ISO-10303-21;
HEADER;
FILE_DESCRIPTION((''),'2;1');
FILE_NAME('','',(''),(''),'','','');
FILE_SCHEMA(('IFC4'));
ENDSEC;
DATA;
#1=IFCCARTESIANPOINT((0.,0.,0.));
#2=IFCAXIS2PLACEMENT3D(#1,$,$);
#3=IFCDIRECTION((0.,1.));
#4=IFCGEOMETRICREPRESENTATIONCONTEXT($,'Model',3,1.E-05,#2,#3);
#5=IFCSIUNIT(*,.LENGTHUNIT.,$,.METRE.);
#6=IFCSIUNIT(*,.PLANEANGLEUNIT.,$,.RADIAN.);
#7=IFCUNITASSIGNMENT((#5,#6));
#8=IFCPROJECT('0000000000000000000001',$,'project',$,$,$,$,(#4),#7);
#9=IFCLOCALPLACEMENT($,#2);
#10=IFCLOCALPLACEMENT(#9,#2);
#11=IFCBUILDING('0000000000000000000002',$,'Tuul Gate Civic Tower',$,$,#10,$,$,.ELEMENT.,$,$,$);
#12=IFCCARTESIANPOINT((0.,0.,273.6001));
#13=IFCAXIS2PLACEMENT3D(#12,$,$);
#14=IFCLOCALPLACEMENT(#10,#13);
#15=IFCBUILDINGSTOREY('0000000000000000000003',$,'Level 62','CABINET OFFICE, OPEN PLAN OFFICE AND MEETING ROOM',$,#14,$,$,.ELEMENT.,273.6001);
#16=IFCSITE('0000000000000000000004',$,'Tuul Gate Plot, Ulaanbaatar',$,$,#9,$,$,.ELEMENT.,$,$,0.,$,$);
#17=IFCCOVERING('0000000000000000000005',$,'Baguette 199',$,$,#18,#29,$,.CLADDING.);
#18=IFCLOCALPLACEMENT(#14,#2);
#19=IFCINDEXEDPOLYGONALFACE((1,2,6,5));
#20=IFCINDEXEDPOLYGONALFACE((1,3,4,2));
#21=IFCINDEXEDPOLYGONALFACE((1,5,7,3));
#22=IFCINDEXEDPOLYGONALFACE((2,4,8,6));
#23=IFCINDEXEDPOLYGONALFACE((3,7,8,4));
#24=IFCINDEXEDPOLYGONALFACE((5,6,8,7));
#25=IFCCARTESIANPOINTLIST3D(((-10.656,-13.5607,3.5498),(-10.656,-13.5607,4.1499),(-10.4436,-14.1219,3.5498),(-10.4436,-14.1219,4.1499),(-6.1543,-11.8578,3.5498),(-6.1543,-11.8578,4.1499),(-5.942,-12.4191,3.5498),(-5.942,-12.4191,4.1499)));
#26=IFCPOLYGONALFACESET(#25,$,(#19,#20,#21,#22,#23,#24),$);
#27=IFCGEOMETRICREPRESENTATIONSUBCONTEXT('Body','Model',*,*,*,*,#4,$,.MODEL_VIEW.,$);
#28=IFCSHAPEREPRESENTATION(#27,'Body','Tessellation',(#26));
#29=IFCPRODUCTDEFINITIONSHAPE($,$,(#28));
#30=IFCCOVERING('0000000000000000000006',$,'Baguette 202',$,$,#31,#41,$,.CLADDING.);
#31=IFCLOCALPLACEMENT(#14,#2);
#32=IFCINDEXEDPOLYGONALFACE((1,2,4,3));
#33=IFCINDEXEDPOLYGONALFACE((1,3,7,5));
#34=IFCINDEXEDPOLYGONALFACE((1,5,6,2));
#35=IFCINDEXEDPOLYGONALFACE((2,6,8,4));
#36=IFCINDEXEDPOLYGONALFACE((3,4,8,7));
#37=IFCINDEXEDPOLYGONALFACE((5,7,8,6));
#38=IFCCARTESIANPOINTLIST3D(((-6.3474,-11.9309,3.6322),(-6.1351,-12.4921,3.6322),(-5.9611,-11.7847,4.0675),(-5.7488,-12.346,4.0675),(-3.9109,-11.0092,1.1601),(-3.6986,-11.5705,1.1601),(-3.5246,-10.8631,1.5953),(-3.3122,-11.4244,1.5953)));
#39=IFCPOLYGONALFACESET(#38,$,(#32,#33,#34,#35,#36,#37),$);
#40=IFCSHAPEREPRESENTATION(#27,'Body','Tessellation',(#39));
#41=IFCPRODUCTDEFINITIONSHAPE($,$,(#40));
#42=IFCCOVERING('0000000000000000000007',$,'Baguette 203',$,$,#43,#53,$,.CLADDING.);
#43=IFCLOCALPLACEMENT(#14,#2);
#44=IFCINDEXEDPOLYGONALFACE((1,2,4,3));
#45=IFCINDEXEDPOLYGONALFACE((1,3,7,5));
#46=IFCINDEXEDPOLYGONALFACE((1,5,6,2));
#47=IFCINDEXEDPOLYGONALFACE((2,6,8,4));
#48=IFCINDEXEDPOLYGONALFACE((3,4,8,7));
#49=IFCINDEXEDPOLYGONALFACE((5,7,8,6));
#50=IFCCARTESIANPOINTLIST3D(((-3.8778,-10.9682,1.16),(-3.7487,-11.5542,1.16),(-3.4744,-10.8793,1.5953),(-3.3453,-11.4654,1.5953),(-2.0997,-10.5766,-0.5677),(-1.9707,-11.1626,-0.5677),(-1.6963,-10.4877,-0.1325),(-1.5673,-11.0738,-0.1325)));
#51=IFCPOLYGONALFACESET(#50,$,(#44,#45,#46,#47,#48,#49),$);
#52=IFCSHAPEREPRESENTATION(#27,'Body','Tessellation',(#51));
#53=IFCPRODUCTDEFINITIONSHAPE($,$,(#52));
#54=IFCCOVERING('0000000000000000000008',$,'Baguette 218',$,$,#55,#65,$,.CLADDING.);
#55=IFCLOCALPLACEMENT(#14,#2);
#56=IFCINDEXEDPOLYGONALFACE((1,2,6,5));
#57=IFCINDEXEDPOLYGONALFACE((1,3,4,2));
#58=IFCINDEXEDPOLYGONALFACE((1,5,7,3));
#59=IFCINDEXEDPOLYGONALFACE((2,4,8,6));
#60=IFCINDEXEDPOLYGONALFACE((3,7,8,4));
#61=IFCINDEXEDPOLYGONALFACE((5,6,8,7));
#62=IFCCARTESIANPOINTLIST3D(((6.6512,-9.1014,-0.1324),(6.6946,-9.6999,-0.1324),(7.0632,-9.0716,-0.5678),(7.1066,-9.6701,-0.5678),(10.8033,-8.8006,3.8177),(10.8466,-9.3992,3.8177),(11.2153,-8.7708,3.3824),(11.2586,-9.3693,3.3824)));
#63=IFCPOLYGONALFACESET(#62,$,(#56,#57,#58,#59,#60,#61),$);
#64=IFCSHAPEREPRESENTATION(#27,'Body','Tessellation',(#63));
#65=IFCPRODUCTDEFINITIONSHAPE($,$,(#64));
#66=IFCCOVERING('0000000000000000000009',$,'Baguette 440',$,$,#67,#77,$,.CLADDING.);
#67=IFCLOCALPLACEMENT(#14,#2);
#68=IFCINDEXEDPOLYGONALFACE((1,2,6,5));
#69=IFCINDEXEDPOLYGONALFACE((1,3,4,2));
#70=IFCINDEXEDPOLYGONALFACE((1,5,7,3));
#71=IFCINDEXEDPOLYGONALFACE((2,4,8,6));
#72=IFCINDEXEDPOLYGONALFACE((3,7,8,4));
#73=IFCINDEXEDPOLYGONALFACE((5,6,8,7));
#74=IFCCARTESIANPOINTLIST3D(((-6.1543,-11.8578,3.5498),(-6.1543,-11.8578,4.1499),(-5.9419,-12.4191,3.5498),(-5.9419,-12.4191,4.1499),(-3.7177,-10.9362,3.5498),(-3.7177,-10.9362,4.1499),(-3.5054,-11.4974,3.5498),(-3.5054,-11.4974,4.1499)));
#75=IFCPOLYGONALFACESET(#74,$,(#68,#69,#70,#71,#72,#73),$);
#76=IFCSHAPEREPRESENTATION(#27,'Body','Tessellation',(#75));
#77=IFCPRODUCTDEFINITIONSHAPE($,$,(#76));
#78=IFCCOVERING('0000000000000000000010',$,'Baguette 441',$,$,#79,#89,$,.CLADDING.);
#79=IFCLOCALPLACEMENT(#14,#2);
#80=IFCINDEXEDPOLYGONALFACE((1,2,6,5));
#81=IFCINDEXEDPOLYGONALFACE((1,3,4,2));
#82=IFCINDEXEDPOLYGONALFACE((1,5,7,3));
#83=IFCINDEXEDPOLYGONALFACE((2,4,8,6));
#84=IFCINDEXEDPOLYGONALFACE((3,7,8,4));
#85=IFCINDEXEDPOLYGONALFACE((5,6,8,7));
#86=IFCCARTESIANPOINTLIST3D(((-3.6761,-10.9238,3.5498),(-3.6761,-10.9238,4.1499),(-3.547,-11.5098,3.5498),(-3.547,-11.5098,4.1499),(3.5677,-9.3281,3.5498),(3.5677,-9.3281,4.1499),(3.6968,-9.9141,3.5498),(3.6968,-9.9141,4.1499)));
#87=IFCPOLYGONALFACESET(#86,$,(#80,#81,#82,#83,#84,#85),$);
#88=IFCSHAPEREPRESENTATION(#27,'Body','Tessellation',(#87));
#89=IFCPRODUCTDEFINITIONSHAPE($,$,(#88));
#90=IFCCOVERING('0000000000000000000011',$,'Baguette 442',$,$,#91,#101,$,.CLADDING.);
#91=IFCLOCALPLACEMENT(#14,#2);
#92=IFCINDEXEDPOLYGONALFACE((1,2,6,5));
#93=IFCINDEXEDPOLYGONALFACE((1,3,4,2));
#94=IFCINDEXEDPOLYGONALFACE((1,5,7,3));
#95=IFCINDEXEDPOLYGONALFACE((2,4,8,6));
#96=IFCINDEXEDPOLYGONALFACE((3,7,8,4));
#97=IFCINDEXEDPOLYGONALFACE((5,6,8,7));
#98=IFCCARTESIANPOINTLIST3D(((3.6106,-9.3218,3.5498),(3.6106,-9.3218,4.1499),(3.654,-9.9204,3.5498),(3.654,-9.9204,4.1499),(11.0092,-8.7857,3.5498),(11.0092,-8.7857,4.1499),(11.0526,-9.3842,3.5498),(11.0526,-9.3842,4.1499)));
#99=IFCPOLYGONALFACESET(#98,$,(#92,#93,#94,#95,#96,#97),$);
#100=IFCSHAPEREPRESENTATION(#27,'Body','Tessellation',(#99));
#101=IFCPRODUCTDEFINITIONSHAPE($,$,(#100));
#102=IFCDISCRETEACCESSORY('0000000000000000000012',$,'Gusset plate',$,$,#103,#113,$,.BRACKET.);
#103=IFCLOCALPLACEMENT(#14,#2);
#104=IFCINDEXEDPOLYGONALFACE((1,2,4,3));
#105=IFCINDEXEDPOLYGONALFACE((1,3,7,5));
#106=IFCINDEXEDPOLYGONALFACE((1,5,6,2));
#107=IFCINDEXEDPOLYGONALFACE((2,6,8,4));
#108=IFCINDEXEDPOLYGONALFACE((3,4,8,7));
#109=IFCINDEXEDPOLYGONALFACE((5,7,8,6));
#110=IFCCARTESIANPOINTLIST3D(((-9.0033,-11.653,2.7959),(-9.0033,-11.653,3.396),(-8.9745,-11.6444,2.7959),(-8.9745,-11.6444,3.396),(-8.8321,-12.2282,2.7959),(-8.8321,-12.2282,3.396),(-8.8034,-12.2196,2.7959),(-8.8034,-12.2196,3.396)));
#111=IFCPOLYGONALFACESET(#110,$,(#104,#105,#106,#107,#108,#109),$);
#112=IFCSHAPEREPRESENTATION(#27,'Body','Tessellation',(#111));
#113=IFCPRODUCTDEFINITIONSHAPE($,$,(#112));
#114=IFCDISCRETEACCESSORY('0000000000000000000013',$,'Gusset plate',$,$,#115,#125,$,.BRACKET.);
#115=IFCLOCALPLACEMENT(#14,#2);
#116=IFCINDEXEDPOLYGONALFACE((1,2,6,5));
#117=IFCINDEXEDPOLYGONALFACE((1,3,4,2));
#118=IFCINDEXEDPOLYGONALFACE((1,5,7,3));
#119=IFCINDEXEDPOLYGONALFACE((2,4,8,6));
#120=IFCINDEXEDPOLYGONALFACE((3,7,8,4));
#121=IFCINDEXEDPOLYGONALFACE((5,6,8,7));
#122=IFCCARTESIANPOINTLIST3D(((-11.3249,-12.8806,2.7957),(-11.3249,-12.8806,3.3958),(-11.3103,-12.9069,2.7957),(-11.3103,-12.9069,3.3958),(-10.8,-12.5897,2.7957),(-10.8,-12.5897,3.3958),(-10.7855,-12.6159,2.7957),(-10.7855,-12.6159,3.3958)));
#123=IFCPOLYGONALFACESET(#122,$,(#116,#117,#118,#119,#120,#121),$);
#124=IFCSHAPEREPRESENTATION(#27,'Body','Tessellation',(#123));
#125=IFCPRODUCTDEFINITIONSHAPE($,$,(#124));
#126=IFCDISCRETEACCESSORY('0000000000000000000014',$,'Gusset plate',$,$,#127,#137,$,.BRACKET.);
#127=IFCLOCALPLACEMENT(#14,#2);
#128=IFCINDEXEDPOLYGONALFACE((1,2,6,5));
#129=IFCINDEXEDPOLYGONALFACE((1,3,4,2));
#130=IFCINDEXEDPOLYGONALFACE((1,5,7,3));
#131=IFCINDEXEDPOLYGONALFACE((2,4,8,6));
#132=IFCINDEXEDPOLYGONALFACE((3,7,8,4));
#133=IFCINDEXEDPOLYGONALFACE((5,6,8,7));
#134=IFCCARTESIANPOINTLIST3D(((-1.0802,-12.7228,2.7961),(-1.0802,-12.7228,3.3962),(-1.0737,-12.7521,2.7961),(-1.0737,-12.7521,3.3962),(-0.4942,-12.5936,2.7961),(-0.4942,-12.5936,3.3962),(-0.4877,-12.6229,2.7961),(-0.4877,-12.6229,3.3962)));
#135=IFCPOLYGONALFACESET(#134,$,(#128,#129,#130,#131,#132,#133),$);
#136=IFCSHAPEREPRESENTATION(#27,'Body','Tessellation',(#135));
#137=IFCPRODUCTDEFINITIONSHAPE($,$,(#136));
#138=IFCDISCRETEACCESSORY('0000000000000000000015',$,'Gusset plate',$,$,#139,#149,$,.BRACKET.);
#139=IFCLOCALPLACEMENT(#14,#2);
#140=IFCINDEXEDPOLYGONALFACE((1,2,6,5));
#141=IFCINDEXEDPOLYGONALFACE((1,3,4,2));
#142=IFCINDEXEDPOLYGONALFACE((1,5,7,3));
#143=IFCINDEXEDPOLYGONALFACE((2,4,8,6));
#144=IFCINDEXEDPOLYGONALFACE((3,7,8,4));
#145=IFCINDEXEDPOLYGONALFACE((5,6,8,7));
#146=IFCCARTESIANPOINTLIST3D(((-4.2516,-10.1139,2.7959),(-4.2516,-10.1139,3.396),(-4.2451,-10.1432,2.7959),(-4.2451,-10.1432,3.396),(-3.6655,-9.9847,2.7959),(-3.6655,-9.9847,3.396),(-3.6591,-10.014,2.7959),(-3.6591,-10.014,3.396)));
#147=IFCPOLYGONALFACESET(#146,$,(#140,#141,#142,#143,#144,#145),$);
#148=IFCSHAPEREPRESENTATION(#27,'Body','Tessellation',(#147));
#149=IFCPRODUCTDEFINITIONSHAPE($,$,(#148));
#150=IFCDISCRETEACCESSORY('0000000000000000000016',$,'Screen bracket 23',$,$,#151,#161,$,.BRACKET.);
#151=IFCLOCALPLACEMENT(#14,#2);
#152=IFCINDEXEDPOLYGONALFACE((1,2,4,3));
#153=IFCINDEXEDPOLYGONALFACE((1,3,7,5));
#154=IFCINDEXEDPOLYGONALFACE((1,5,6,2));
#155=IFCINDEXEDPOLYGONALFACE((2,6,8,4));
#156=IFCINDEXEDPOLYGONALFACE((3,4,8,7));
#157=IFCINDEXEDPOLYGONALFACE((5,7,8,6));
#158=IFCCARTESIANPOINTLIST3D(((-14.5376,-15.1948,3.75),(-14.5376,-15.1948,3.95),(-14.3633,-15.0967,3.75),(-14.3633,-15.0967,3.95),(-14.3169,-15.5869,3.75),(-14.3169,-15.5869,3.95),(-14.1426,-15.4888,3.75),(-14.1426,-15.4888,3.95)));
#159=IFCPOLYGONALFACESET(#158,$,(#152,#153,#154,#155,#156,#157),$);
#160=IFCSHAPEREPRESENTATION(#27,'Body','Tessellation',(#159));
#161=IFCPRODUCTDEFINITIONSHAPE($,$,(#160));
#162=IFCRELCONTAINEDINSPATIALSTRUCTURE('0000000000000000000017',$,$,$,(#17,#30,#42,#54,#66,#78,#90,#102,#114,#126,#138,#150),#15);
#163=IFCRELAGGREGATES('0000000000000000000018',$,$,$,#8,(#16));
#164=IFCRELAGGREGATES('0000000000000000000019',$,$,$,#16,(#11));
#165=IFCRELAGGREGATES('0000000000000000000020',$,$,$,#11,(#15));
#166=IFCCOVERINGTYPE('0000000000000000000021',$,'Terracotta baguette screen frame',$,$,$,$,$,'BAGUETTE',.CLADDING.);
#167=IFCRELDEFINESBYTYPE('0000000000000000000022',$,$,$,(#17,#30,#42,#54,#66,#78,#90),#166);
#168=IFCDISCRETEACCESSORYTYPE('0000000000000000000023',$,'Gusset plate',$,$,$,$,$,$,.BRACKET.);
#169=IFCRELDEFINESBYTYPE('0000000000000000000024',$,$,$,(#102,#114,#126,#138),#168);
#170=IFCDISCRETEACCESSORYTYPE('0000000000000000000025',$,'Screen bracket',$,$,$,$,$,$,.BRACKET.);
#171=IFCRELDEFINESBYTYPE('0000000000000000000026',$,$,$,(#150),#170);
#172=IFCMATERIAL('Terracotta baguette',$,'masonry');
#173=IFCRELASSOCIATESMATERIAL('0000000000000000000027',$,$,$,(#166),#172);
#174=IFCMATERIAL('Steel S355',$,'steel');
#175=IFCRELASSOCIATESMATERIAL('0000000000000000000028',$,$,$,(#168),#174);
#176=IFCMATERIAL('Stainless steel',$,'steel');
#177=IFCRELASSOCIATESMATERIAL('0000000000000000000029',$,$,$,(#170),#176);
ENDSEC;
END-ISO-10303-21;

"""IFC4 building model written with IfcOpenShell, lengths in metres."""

from ifc_helpers import new_model, si_unit, direction, frame, origin, origin_2d, place, context, subcontext, project, spatial, rectangle, extrude, material, material_profile, profile_set, type_object, element, save


model = new_model("IFC4")

# Units and contexts
model_context = context("Model", 3, precision=1e-05, world=origin(), true_north=direction((0.0, 1.0)))
body_context = subcontext(model_context, "Body", "Model", "MODEL_VIEW")
ifc_project = project(units=[si_unit("LENGTHUNIT", "METRE"), si_unit("PLANEANGLEUNIT", "RADIAN")], contexts=[model_context])

# Site, building, storey
site_placement = place(None, origin())
site = spatial("IfcSite", under=ifc_project, at=site_placement, Name="Tuul Gate Plot, Ulaanbaatar", CompositionType="ELEMENT", RefElevation=0.0)
building_placement = place(site_placement, origin())
building = spatial("IfcBuilding", under=site, at=building_placement, Name="Tuul Gate Civic Tower", CompositionType="ELEMENT")
storey_placement = place(building_placement, frame((0.0, 0.0, 273.6001)))
storey = spatial("IfcBuildingStorey", under=building, at=storey_placement, Name="Level 62", Description="CABINET OFFICE, OPEN PLAN OFFICE AND MEETING ROOM", CompositionType="ELEMENT", Elevation=273.6001)

# Coverings
ifc_material_1 = material(Name="Terracotta baguette", Category="masonry")
ifc_material_profile_1 = material_profile(ifc_material_1, rectangle(XDim=0.6001, YDim=0.6001, at=origin_2d()), Name="Terracotta baguette screen frame")
ifc_profile_set_1 = profile_set([ifc_material_profile_1], Name="Terracotta baguette")
covering_type = type_object("IfcCoveringType", Name="Terracotta baguette screen frame", ElementType="BAGUETTE", PredefinedType="CLADDING", material=ifc_profile_set_1)
covering_1_placement = place(storey_placement, frame((-10.5498, -13.8413, 3.8499), z_axis=(0.935318, 0.353807, 0.0), x_axis=(-0.353807, 0.935318, 0.0)))
element("IfcCovering", 1, at=covering_1_placement, inside=storey, type_object=covering_type, Name="Baguette 199", PredefinedType="CLADDING", context=body_context, shape_type="SweptSolid", body=[
    extrude(rectangle(XDim=0.6001, YDim=0.6001, at=origin_2d()), origin(), (0.0, 0.0, 1.0), 4.813),
])
covering_2_placement = place(storey_placement, frame((-6.0481, -12.1384, 3.8499), z_axis=(0.678446, 0.256626, -0.688371), x_axis=(-0.353792, 0.935324, 0.0)))
element("IfcCovering", 2, at=covering_2_placement, inside=storey, type_object=covering_type, Name="Baguette 202", PredefinedType="CLADDING", context=body_context, shape_type="SweptSolid", body=[
    extrude(rectangle(XDim=0.6001, YDim=0.6001, at=origin_2d()), origin(), (0.0, 0.0, 1.0), 3.5913),
])
covering_3_placement = place(storey_placement, frame((-3.6116, -11.2168, 1.3777), z_axis=(0.708395, 0.156016, -0.688358), x_axis=(-0.215084, 0.976595, 0.0)))
element("IfcCovering", 3, at=covering_3_placement, inside=storey, type_object=covering_type, Name="Baguette 203", PredefinedType="CLADDING", context=body_context, shape_type="SweptSolid", body=[
    extrude(rectangle(XDim=0.6001, YDim=0.6001, at=origin_2d()), origin(), (0.0, 0.0, 1.0), 2.51),
])
covering_4_placement = place(storey_placement, frame((6.8789, -9.3857, -0.3501), z_axis=(0.723507, 0.052411, 0.688325), x_axis=(-0.072251, 0.997386, 0.0)))
element("IfcCovering", 4, at=covering_4_placement, inside=storey, type_object=covering_type, Name="Baguette 218", PredefinedType="CLADDING", context=body_context, shape_type="SweptSolid", body=[
    extrude(rectangle(XDim=0.6001, YDim=0.6001, at=origin_2d()), origin(), (0.0, 0.0, 1.0), 5.7388),
])
covering_5_placement = place(storey_placement, frame((-6.0481, -12.1384, 3.8499), z_axis=(0.935324, 0.353792, 0.0), x_axis=(-0.353792, 0.935324, 0.0)))
element("IfcCovering", 5, at=covering_5_placement, inside=storey, type_object=covering_type, Name="Baguette 440", PredefinedType="CLADDING", context=body_context, shape_type="SweptSolid", body=[
    extrude(rectangle(XDim=0.6001, YDim=0.6001, at=origin_2d()), origin(), (0.0, 0.0, 1.0), 2.605),
])
covering_6_placement = place(storey_placement, frame((-3.6116, -11.2168, 3.8499), z_axis=(0.976587, 0.215125, 0.0), x_axis=(-0.215125, 0.976587, 0.0)))
element("IfcCovering", 6, at=covering_6_placement, inside=storey, type_object=covering_type, Name="Baguette 441", PredefinedType="CLADDING", context=body_context, shape_type="SweptSolid", body=[
    extrude(rectangle(XDim=0.6001, YDim=0.6001, at=origin_2d()), origin(), (0.0, 0.0, 1.0), 7.4175),
])
covering_7_placement = place(storey_placement, frame((3.6323, -9.6211, 3.8499), z_axis=(0.997385, 0.072274, 0.0), x_axis=(-0.072274, 0.997385, 0.0)))
element("IfcCovering", 7, at=covering_7_placement, inside=storey, type_object=covering_type, Name="Baguette 442", PredefinedType="CLADDING", context=body_context, shape_type="SweptSolid", body=[
    extrude(rectangle(XDim=0.6001, YDim=0.6001, at=origin_2d()), origin(), (0.0, 0.0, 1.0), 7.418),
])

# Discrete accessories
ifc_material_2 = material(Name="Steel S355", Category="steel")
discrete_accessory_type_1 = type_object("IfcDiscreteAccessoryType", Name="Gusset plate", PredefinedType="BRACKET", material=ifc_material_2)
for number, where, z_axis, x_axis, name in (
    (8, (-8.9033, -11.9363, 2.7959), (0.0, 0.0, 1.0), (-0.285169, 0.958477, 0.0), "Gusset plate"),
    (9, (-11.0552, -12.7483, 2.7957), (0.0, 0.0, 1.0), (-0.874598, -0.484849, 0.0), "Gusset plate"),
    (10, (-0.7839, -12.6729, 2.7961), (0.0, 0.0, 1.0), (-0.976564, -0.215229, 0.0), "Gusset plate"),
    (11, (-3.9553, -10.064, 2.7959), (0.0, 0.0, 1.0), (0.976564, 0.215229, 0.0), "Gusset plate"),
):
    element("IfcDiscreteAccessory", number, at=place(storey_placement, frame(where, z_axis=z_axis, x_axis=x_axis)), inside=storey, type_object=discrete_accessory_type_1, Name=name, PredefinedType="BRACKET", context=body_context, shape_type="SweptSolid", body=[
        extrude(rectangle(XDim=0.6001, YDim=0.03, at=origin_2d()), origin(), (0.0, 0.0, 1.0), 0.6001),
    ])
ifc_material_3 = material(Name="Stainless steel", Category="steel")
discrete_accessory_type_2 = type_object("IfcDiscreteAccessoryType", Name="Screen bracket", PredefinedType="BRACKET", material=ifc_material_3)
discrete_accessory_placement = place(storey_placement, frame((-14.3401, -15.3418, 3.75), z_axis=(0.0, 0.0, 1.0), x_axis=(0.490448, -0.871471, 0.0)))
element("IfcDiscreteAccessory", 12, at=discrete_accessory_placement, inside=storey, type_object=discrete_accessory_type_2, Name="Screen bracket 23", PredefinedType="BRACKET", context=body_context, shape_type="SweptSolid", body=[
    extrude(rectangle(XDim=0.45, YDim=0.2, at=origin_2d()), origin(), (0.0, 0.0, 1.0), 0.2),
])

save(model, "model.ifc")
